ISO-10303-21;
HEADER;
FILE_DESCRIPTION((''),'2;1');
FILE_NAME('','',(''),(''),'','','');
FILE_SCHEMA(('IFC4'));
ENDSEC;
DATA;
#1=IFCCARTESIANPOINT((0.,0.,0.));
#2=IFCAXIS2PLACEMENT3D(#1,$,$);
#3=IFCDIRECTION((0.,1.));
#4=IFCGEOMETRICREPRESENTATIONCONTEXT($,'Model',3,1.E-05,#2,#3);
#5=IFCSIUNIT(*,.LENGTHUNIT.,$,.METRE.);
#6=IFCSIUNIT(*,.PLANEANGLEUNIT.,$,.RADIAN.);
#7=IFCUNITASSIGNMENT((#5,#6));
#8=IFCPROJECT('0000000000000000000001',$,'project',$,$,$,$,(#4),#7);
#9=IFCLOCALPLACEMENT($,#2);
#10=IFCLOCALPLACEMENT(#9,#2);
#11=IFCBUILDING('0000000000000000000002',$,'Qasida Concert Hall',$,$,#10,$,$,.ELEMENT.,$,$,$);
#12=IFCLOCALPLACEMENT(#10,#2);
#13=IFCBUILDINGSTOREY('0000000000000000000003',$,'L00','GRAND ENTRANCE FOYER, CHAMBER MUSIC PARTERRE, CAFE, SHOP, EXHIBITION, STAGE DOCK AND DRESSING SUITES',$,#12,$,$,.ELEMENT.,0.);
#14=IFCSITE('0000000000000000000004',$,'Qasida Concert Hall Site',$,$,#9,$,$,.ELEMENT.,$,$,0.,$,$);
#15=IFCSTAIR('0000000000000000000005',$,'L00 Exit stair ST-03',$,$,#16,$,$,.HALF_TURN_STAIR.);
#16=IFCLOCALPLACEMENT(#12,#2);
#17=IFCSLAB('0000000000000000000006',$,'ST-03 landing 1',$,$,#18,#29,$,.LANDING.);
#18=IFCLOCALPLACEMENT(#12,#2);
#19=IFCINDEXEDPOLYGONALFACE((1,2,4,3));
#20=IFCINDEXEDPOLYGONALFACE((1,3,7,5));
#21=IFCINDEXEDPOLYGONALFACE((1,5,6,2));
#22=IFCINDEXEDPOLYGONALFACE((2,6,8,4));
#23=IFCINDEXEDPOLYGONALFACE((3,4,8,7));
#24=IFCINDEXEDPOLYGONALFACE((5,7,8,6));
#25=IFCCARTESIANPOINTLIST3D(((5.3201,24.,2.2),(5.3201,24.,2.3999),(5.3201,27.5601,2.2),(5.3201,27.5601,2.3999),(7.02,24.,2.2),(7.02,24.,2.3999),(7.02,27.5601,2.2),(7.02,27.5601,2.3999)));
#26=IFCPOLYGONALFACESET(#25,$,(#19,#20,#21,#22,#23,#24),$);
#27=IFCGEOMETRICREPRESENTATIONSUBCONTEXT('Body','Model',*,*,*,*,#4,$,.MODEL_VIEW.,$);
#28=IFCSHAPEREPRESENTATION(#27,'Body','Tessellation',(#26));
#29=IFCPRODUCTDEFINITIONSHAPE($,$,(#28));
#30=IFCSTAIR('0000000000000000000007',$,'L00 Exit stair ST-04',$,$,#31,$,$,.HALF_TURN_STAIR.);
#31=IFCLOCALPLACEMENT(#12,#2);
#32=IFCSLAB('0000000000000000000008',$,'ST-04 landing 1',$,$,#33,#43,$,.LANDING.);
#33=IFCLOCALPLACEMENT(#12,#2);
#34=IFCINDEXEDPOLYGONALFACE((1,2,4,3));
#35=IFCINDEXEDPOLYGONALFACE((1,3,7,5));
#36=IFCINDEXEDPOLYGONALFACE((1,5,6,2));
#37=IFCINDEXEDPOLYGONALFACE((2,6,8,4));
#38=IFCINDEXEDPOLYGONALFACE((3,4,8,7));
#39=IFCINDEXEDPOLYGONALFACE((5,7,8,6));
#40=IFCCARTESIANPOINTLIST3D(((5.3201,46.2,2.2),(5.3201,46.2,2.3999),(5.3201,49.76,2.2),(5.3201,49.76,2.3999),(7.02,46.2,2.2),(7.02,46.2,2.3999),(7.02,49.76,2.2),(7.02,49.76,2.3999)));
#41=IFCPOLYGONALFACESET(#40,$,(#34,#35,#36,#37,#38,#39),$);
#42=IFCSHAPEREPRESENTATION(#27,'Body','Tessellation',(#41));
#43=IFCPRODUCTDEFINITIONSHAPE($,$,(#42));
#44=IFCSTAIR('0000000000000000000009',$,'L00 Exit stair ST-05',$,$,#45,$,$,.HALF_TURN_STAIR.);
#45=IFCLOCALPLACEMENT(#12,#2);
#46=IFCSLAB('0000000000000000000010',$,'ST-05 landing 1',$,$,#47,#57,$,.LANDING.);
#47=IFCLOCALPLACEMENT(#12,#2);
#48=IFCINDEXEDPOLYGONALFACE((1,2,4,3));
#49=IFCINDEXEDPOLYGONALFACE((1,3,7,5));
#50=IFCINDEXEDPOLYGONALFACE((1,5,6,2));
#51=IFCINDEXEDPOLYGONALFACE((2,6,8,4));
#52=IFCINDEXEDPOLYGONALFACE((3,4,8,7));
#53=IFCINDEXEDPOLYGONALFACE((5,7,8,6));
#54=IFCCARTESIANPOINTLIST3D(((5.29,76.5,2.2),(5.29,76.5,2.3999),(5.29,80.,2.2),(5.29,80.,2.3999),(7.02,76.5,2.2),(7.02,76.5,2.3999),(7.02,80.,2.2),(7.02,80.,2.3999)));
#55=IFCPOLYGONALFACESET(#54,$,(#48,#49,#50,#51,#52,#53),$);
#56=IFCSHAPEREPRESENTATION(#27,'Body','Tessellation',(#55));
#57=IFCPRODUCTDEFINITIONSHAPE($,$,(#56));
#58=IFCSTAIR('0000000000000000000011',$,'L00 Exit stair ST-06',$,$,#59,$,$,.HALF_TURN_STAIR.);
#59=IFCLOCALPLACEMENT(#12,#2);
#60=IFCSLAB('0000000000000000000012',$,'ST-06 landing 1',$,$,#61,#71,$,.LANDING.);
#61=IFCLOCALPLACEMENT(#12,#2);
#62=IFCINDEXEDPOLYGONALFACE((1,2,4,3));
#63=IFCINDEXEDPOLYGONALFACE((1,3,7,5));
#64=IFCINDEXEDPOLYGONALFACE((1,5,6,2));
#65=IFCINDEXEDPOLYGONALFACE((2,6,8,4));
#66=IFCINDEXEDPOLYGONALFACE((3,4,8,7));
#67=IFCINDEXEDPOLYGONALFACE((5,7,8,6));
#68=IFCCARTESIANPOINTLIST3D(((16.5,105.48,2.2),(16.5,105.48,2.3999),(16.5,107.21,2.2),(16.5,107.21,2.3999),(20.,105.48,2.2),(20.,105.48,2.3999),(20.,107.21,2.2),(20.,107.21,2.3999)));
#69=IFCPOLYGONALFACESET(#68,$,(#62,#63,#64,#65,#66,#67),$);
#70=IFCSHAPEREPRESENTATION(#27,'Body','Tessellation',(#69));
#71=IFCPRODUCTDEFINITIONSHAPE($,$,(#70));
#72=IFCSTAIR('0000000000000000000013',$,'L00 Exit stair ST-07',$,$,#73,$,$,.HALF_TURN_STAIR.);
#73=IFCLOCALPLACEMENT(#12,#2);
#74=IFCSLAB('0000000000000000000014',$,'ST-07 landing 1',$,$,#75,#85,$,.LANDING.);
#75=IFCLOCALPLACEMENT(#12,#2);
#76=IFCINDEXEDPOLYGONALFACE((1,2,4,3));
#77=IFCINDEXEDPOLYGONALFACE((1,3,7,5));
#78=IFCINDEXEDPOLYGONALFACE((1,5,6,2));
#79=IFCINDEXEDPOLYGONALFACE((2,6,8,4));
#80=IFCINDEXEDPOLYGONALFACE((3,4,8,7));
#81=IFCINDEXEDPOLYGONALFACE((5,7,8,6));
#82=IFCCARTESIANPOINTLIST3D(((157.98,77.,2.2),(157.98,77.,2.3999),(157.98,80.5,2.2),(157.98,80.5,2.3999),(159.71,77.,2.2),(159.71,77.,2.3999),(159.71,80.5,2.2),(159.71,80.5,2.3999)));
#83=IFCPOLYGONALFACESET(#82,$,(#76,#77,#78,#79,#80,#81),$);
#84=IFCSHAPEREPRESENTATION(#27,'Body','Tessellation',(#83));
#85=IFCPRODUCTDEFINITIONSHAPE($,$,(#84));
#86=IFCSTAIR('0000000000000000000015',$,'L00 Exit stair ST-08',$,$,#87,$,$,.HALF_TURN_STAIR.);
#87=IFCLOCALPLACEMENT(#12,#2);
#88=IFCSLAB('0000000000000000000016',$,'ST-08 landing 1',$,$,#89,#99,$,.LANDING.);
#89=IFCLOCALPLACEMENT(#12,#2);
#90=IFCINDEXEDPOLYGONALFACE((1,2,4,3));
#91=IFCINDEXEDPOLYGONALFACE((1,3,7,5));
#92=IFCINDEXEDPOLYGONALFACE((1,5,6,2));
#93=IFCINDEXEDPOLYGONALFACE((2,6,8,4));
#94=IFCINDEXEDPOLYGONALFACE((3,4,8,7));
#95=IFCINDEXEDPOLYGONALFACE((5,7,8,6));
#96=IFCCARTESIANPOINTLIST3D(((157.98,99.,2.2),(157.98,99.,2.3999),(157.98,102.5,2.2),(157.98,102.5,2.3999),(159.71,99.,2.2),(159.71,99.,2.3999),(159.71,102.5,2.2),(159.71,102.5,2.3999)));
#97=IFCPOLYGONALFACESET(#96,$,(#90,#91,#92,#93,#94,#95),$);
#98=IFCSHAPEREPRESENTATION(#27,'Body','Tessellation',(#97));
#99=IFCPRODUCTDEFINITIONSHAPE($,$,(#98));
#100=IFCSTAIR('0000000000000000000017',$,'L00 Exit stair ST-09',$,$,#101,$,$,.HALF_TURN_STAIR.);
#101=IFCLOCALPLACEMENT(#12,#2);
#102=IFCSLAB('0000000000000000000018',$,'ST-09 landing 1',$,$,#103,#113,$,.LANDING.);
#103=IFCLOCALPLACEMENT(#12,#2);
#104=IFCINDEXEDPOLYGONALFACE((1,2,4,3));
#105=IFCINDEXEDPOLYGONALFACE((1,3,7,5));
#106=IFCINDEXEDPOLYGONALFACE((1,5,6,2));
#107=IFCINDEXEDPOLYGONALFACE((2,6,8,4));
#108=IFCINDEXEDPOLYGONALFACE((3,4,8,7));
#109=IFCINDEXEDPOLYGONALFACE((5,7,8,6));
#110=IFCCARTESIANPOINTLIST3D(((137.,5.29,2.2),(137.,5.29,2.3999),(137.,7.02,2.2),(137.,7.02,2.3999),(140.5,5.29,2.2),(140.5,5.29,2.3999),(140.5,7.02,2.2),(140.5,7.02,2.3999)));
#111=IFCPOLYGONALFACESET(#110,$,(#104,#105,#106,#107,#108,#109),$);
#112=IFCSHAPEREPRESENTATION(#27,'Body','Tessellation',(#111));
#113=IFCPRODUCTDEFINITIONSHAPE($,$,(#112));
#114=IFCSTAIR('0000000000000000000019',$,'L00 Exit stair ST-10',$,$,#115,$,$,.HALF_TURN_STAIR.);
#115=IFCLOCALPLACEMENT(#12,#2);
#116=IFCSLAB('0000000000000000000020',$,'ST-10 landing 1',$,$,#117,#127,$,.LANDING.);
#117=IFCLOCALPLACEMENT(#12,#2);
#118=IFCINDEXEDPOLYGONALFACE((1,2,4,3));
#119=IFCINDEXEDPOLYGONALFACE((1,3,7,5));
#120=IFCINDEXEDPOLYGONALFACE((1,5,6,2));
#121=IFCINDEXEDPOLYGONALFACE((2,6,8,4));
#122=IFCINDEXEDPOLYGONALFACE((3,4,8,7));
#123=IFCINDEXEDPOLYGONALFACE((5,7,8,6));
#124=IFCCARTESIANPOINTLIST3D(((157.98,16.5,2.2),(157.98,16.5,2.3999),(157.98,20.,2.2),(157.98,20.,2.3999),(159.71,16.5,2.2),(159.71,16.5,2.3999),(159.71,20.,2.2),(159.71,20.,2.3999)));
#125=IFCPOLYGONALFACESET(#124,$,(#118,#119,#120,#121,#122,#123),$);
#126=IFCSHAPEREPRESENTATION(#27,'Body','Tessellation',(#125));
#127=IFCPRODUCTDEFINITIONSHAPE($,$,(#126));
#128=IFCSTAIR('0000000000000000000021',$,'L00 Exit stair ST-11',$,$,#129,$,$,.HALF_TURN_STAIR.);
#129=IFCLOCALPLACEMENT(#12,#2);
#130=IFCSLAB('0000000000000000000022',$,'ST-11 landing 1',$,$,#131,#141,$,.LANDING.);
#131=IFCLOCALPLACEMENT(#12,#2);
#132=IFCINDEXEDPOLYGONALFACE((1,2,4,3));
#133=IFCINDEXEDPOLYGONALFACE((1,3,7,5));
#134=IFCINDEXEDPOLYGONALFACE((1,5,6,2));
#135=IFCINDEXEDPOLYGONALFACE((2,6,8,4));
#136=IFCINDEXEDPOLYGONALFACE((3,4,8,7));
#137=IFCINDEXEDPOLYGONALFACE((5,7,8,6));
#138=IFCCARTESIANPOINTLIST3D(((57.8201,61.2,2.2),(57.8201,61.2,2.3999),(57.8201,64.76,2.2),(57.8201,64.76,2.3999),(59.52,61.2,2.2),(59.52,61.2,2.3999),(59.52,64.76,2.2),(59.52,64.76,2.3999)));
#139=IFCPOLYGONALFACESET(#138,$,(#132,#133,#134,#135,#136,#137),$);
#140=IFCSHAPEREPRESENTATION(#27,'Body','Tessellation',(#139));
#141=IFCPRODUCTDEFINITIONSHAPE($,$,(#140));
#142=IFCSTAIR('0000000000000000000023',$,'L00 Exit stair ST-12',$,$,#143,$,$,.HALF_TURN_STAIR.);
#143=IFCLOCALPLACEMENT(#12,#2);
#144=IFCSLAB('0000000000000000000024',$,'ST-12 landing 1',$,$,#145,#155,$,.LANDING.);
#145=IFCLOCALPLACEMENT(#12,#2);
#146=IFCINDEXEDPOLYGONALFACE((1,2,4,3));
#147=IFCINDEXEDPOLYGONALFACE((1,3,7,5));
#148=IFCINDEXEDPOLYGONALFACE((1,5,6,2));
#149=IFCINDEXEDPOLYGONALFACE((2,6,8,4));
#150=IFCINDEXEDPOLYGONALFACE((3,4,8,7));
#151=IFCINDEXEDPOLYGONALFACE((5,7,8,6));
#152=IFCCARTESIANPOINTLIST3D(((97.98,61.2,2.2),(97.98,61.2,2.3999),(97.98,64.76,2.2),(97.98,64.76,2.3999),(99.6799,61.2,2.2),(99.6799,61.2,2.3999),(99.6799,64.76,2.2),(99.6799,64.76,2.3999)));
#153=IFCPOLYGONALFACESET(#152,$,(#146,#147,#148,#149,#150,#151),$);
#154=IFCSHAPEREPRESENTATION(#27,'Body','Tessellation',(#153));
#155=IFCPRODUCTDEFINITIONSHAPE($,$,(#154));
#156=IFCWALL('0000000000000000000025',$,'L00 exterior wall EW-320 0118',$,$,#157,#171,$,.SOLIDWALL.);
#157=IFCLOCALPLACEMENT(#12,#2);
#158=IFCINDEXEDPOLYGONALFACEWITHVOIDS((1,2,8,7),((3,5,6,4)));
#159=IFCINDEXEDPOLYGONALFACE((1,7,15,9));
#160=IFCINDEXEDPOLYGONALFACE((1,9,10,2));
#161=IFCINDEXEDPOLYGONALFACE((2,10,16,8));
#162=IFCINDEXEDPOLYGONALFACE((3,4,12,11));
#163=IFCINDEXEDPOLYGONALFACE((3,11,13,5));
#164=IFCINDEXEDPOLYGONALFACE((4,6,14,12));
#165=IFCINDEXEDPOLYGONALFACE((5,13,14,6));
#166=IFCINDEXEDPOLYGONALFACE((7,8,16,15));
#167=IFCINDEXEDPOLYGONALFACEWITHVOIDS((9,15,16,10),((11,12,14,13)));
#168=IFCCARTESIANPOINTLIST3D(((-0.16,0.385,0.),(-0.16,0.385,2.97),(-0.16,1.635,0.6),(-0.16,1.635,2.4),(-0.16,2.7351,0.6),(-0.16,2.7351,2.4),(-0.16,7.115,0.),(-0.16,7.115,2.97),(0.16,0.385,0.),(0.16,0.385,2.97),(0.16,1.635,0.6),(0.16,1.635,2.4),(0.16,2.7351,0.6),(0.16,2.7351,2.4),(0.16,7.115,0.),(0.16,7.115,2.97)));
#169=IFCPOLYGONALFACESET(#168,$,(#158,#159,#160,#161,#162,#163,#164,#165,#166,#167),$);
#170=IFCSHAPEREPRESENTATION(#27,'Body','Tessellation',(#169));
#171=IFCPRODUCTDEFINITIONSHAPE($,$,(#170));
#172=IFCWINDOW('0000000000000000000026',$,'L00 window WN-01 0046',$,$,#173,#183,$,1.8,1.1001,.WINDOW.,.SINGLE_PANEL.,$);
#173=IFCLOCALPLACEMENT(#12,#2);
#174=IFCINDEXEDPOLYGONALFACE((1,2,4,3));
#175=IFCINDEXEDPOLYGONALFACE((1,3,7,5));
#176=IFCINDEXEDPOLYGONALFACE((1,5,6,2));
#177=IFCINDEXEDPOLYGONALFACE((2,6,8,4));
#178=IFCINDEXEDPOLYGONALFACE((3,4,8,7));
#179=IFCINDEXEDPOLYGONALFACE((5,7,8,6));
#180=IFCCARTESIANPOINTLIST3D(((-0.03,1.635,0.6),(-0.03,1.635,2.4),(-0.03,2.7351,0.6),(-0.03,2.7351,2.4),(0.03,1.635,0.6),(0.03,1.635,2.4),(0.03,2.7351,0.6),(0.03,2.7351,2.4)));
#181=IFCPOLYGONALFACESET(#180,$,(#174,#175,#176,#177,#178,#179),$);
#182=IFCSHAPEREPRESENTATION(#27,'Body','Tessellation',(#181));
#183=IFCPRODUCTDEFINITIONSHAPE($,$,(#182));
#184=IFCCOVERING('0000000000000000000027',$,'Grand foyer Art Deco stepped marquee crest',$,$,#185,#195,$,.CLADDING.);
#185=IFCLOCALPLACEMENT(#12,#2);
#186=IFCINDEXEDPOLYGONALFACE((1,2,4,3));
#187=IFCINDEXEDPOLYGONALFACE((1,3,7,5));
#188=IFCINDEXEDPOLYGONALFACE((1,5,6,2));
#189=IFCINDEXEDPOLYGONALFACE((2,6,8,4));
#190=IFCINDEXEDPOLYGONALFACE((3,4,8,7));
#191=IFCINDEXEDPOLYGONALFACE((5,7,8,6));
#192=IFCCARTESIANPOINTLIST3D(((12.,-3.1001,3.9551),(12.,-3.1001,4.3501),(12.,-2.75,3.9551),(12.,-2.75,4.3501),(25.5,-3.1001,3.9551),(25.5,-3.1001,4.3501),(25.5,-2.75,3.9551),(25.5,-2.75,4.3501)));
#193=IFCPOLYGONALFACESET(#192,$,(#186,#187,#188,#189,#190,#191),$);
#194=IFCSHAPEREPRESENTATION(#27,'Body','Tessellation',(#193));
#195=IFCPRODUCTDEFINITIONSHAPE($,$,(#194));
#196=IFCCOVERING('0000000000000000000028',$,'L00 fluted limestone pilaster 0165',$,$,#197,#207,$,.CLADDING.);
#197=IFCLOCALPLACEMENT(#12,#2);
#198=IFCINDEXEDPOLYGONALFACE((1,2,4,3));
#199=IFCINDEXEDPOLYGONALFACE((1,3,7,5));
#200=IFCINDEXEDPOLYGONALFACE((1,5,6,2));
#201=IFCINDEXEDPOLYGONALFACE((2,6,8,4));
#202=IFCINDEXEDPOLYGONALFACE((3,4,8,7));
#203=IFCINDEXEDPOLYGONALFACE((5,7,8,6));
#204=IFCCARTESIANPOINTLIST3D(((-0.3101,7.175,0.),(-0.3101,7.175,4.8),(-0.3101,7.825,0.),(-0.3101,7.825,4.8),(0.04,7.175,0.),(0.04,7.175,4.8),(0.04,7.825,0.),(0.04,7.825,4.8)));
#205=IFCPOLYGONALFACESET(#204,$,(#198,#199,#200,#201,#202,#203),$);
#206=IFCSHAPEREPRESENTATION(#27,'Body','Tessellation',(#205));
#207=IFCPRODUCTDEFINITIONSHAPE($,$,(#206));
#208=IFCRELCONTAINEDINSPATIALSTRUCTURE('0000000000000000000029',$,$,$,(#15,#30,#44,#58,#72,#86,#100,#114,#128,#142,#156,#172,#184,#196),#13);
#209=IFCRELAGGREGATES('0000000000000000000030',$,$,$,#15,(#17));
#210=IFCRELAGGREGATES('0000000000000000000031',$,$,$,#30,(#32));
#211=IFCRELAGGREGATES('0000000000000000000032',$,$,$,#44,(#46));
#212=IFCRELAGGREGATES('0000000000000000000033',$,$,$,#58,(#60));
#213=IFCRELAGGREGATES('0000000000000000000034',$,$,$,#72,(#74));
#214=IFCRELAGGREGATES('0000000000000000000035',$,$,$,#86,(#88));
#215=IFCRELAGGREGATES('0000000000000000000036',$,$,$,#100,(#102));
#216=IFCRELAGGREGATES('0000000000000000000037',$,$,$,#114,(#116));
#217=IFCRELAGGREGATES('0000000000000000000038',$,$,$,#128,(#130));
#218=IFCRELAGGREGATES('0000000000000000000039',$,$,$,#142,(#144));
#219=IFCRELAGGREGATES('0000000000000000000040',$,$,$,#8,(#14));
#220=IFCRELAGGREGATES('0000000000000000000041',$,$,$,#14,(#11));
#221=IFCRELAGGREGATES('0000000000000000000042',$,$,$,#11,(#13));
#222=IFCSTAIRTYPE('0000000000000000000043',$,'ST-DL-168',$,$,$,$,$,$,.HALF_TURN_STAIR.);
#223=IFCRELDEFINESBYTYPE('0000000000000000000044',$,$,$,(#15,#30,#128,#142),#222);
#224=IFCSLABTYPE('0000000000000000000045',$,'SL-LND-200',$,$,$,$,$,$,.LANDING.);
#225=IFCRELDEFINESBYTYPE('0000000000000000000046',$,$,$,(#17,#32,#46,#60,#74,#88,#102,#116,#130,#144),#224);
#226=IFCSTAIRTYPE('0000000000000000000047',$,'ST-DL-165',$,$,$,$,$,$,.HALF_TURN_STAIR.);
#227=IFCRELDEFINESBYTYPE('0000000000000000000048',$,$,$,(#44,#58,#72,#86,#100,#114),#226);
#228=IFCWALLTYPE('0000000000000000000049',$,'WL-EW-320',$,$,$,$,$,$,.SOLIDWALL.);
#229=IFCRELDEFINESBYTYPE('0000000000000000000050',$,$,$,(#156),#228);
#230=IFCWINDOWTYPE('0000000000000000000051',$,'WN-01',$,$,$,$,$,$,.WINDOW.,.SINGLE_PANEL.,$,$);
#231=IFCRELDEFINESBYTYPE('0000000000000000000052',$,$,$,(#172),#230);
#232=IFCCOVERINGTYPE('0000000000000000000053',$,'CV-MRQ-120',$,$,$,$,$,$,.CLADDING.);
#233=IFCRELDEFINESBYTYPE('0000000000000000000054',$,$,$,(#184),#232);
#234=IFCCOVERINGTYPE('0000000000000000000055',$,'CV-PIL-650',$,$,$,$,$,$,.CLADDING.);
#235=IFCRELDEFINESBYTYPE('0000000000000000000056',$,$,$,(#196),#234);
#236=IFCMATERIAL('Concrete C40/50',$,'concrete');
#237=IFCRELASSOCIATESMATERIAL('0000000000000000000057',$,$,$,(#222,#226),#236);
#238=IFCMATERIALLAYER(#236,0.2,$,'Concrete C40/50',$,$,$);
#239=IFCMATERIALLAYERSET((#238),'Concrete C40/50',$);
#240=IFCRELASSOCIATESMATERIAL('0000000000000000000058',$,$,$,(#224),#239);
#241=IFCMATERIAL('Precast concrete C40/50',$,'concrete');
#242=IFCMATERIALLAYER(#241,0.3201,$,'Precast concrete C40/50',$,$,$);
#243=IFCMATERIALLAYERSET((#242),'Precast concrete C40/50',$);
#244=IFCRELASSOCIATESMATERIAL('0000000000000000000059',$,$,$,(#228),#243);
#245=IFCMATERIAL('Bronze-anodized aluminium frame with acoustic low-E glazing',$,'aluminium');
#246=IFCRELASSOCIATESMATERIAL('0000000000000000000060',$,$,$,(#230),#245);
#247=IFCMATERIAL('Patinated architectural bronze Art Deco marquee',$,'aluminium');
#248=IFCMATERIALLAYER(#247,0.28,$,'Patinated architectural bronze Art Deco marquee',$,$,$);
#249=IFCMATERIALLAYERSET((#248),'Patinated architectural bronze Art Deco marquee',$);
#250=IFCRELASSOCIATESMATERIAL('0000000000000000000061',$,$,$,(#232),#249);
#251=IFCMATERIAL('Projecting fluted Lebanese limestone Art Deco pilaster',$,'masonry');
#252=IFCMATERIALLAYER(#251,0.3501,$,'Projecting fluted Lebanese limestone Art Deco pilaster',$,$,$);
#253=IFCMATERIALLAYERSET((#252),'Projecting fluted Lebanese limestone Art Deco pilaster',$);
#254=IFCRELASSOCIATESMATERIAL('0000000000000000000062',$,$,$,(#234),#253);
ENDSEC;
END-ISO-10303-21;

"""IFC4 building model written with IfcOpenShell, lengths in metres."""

from ifc_helpers import new_model, si_unit, direction, frame, frame_2d, origin, origin_2d, place, context, subcontext, project, spatial, polyline, rectangle, outline, extrude, material, layer, layer_set, type_object, element, fill, aggregate, save


model = new_model("IFC4")

# Units and contexts
model_context = context("Model", 3, precision=1e-05, world=origin(), true_north=direction((0.0, 1.0)))
body_context = subcontext(model_context, "Body", "Model", "MODEL_VIEW")
ifc_project = project(units=[si_unit("LENGTHUNIT", "METRE"), si_unit("PLANEANGLEUNIT", "RADIAN")], contexts=[model_context])

# Site, building, storey
site_placement = place(None, origin())
site = spatial("IfcSite", under=ifc_project, at=site_placement, Name="Qasida Concert Hall Site", CompositionType="ELEMENT", RefElevation=0.0)
building_placement = place(site_placement, origin())
building = spatial("IfcBuilding", under=site, at=building_placement, Name="Qasida Concert Hall", CompositionType="ELEMENT")
storey_placement = place(building_placement, origin())
storey = spatial("IfcBuildingStorey", under=building, at=storey_placement, Name="L00", Description="GRAND ENTRANCE FOYER, CHAMBER MUSIC PARTERRE, CAFE, SHOP, EXHIBITION, STAGE DOCK AND DRESSING SUITES", CompositionType="ELEMENT", Elevation=0.0)

# Shared definitions
ifc_material_1 = material(Name="Concrete C40/50", Category="concrete")

# Stairs, slabs
stair_type_1 = type_object("IfcStairType", Name="ST-DL-168", PredefinedType="HALF_TURN_STAIR", material=ifc_material_1)
ifc_layer_1 = layer(ifc_material_1, 0.2, Name="Concrete C40/50")
ifc_layer_set_1 = layer_set([ifc_layer_1], Name="Concrete C40/50")
slab_type_1 = type_object("IfcSlabType", Name="SL-LND-200", PredefinedType="LANDING", material=ifc_layer_set_1)
stair_1_placement = place(storey_placement, origin())
stair_1 = element("IfcStair", 1, at=stair_1_placement, inside=storey, type_object=stair_type_1, Name="L00 Exit stair ST-03", PredefinedType="HALF_TURN_STAIR")
slab_1_placement = place(storey_placement, frame((0.0, 0.0, 2.2)))
slab_1 = element("IfcSlab", 2, at=slab_1_placement, type_object=slab_type_1, Name="ST-03 landing 1", PredefinedType="LANDING", context=body_context, shape_type="SweptSolid", body=[
    extrude(outline(polyline([(5.3201, 24.0), (7.02, 24.0), (7.02, 27.5601), (5.3201, 27.5601), (5.3201, 24.0)])), origin(), (0.0, 0.0, 1.0), 0.2),
])
aggregate(stair_1, [slab_1])
stair_2_placement = place(storey_placement, origin())
stair_2 = element("IfcStair", 3, at=stair_2_placement, inside=storey, type_object=stair_type_1, Name="L00 Exit stair ST-04", PredefinedType="HALF_TURN_STAIR")
slab_2_placement = place(storey_placement, frame((0.0, 0.0, 2.2)))
slab_2 = element("IfcSlab", 4, at=slab_2_placement, type_object=slab_type_1, Name="ST-04 landing 1", PredefinedType="LANDING", context=body_context, shape_type="SweptSolid", body=[
    extrude(outline(polyline([(5.3201, 46.2), (7.02, 46.2), (7.02, 49.76), (5.3201, 49.76), (5.3201, 46.2)])), origin(), (0.0, 0.0, 1.0), 0.2),
])
aggregate(stair_2, [slab_2])
stair_type_2 = type_object("IfcStairType", Name="ST-DL-165", PredefinedType="HALF_TURN_STAIR", material=ifc_material_1)
stair_3_placement = place(storey_placement, origin())
stair_3 = element("IfcStair", 5, at=stair_3_placement, inside=storey, type_object=stair_type_2, Name="L00 Exit stair ST-05", PredefinedType="HALF_TURN_STAIR")
slab_3_placement = place(storey_placement, frame((0.0, 0.0, 2.2)))
slab_3 = element("IfcSlab", 6, at=slab_3_placement, type_object=slab_type_1, Name="ST-05 landing 1", PredefinedType="LANDING", context=body_context, shape_type="SweptSolid", body=[
    extrude(outline(polyline([(5.29, 76.5), (7.02, 76.5), (7.02, 80.0), (5.29, 80.0), (5.29, 76.5)])), origin(), (0.0, 0.0, 1.0), 0.2),
])
aggregate(stair_3, [slab_3])
stair_4_placement = place(storey_placement, origin())
stair_4 = element("IfcStair", 7, at=stair_4_placement, inside=storey, type_object=stair_type_2, Name="L00 Exit stair ST-06", PredefinedType="HALF_TURN_STAIR")
slab_4_placement = place(storey_placement, frame((0.0, 0.0, 2.2)))
slab_4 = element("IfcSlab", 8, at=slab_4_placement, type_object=slab_type_1, Name="ST-06 landing 1", PredefinedType="LANDING", context=body_context, shape_type="SweptSolid", body=[
    extrude(outline(polyline([(16.5, 107.21), (16.5, 105.48), (20.0, 105.48), (20.0, 107.21), (16.5, 107.21)])), origin(), (0.0, 0.0, 1.0), 0.2),
])
aggregate(stair_4, [slab_4])
stair_5_placement = place(storey_placement, origin())
stair_5 = element("IfcStair", 9, at=stair_5_placement, inside=storey, type_object=stair_type_2, Name="L00 Exit stair ST-07", PredefinedType="HALF_TURN_STAIR")
slab_5_placement = place(storey_placement, frame((0.0, 0.0, 2.2)))
slab_5 = element("IfcSlab", 10, at=slab_5_placement, type_object=slab_type_1, Name="ST-07 landing 1", PredefinedType="LANDING", context=body_context, shape_type="SweptSolid", body=[
    extrude(outline(polyline([(159.71, 80.5), (157.98, 80.5), (157.98, 77.0), (159.71, 77.0), (159.71, 80.5)])), origin(), (0.0, 0.0, 1.0), 0.2),
])
aggregate(stair_5, [slab_5])
stair_6_placement = place(storey_placement, origin())
stair_6 = element("IfcStair", 11, at=stair_6_placement, inside=storey, type_object=stair_type_2, Name="L00 Exit stair ST-08", PredefinedType="HALF_TURN_STAIR")
slab_6_placement = place(storey_placement, frame((0.0, 0.0, 2.2)))
slab_6 = element("IfcSlab", 12, at=slab_6_placement, type_object=slab_type_1, Name="ST-08 landing 1", PredefinedType="LANDING", context=body_context, shape_type="SweptSolid", body=[
    extrude(outline(polyline([(159.71, 102.5), (157.98, 102.5), (157.98, 99.0), (159.71, 99.0), (159.71, 102.5)])), origin(), (0.0, 0.0, 1.0), 0.2),
])
aggregate(stair_6, [slab_6])
stair_7_placement = place(storey_placement, origin())
stair_7 = element("IfcStair", 13, at=stair_7_placement, inside=storey, type_object=stair_type_2, Name="L00 Exit stair ST-09", PredefinedType="HALF_TURN_STAIR")
slab_7_placement = place(storey_placement, frame((0.0, 0.0, 2.2)))
slab_7 = element("IfcSlab", 14, at=slab_7_placement, type_object=slab_type_1, Name="ST-09 landing 1", PredefinedType="LANDING", context=body_context, shape_type="SweptSolid", body=[
    extrude(outline(polyline([(140.5, 5.29), (140.5, 7.02), (137.0, 7.02), (137.0, 5.29), (140.5, 5.29)])), origin(), (0.0, 0.0, 1.0), 0.2),
])
aggregate(stair_7, [slab_7])
stair_8_placement = place(storey_placement, origin())
stair_8 = element("IfcStair", 15, at=stair_8_placement, inside=storey, type_object=stair_type_2, Name="L00 Exit stair ST-10", PredefinedType="HALF_TURN_STAIR")
slab_8_placement = place(storey_placement, frame((0.0, 0.0, 2.2)))
slab_8 = element("IfcSlab", 16, at=slab_8_placement, type_object=slab_type_1, Name="ST-10 landing 1", PredefinedType="LANDING", context=body_context, shape_type="SweptSolid", body=[
    extrude(outline(polyline([(159.71, 20.0), (157.98, 20.0), (157.98, 16.5), (159.71, 16.5), (159.71, 20.0)])), origin(), (0.0, 0.0, 1.0), 0.2),
])
aggregate(stair_8, [slab_8])
stair_9_placement = place(storey_placement, origin())
stair_9 = element("IfcStair", 17, at=stair_9_placement, inside=storey, type_object=stair_type_1, Name="L00 Exit stair ST-11", PredefinedType="HALF_TURN_STAIR")
slab_9_placement = place(storey_placement, frame((0.0, 0.0, 2.2)))
slab_9 = element("IfcSlab", 18, at=slab_9_placement, type_object=slab_type_1, Name="ST-11 landing 1", PredefinedType="LANDING", context=body_context, shape_type="SweptSolid", body=[
    extrude(outline(polyline([(57.8201, 61.2), (59.52, 61.2), (59.52, 64.76), (57.8201, 64.76), (57.8201, 61.2)])), origin(), (0.0, 0.0, 1.0), 0.2),
])
aggregate(stair_9, [slab_9])
stair_10_placement = place(storey_placement, origin())
stair_10 = element("IfcStair", 19, at=stair_10_placement, inside=storey, type_object=stair_type_1, Name="L00 Exit stair ST-12", PredefinedType="HALF_TURN_STAIR")
slab_10_placement = place(storey_placement, frame((0.0, 0.0, 2.2)))
slab_10 = element("IfcSlab", 20, at=slab_10_placement, type_object=slab_type_1, Name="ST-12 landing 1", PredefinedType="LANDING", context=body_context, shape_type="SweptSolid", body=[
    extrude(outline(polyline([(99.6799, 64.76), (97.98, 64.76), (97.98, 61.2), (99.6799, 61.2), (99.6799, 64.76)])), origin(), (0.0, 0.0, 1.0), 0.2),
])
aggregate(stair_10, [slab_10])

# Wall, opening, window
ifc_material_2 = material(Name="Precast concrete C40/50", Category="concrete")
ifc_layer_2 = layer(ifc_material_2, 0.3201, Name="Precast concrete C40/50")
ifc_layer_set_2 = layer_set([ifc_layer_2], Name="Precast concrete C40/50")
wall_type = type_object("IfcWallType", Name="WL-EW-320", PredefinedType="SOLIDWALL", material=ifc_layer_set_2)
wall_placement = place(storey_placement, frame((0.0, 0.385, 0.0), z_axis=(0.0, 0.0, 1.0), x_axis=(0.0, 1.0, 0.0)))
wall = element("IfcWall", 21, at=wall_placement, inside=storey, type_object=wall_type, Name="L00 exterior wall EW-320 0118", PredefinedType="SOLIDWALL", context=body_context, shape_type="SweptSolid", body=[
    extrude(rectangle(XDim=6.73, YDim=0.3201, at=frame_2d((3.365, 0.0))), origin(), (0.0, 0.0, 1.0), 2.97),
])
opening_placement = place(wall_placement, frame((1.25, 0.0, 0.6001)))
opening = element("IfcOpeningElement", 22, at=opening_placement, cuts=wall, PredefinedType="OPENING", context=body_context, shape_type="SweptSolid", body=[
    extrude(rectangle(XDim=1.1001, YDim=1.8, at=frame_2d((0.55, 0.8999))), frame((0.0, 0.1699, 0.0), z_axis=(0.0, -1.0, 0.0), x_axis=(1.0, 0.0, 0.0)), (0.0, 0.0, 1.0), 0.3401),
])
ifc_material_3 = material(Name="Bronze-anodized aluminium frame with acoustic low-E glazing", Category="aluminium")
window_type = type_object("IfcWindowType", Name="WN-01", PartitioningType="SINGLE_PANEL", PredefinedType="WINDOW", material=ifc_material_3)
window_placement = place(opening_placement, origin())
window = element("IfcWindow", 23, at=window_placement, inside=storey, type_object=window_type, Name="L00 window WN-01 0046", OverallHeight=1.8, OverallWidth=1.1001, PartitioningType="SINGLE_PANEL", PredefinedType="WINDOW", context=body_context, shape_type="SweptSolid", body=[
    extrude(rectangle(XDim=1.1001, YDim=1.8, at=frame_2d((0.55, 0.8999))), frame((0.0, 0.03, 0.0), z_axis=(0.0, -1.0, 0.0), x_axis=(1.0, 0.0, 0.0)), (0.0, 0.0, 1.0), 0.0601),
])
fill(opening, window)

# Coverings
ifc_material_4 = material(Name="Patinated architectural bronze Art Deco marquee", Category="aluminium")
ifc_layer_3 = layer(ifc_material_4, 0.28, Name="Patinated architectural bronze Art Deco marquee")
ifc_layer_set_3 = layer_set([ifc_layer_3], Name="Patinated architectural bronze Art Deco marquee")
covering_type_1 = type_object("IfcCoveringType", Name="CV-MRQ-120", PredefinedType="CLADDING", material=ifc_layer_set_3)
covering_1_placement = place(storey_placement, frame((0.0, 0.0, 3.9551)))
element("IfcCovering", 24, at=covering_1_placement, inside=storey, type_object=covering_type_1, Name="Grand foyer Art Deco stepped marquee crest", PredefinedType="CLADDING", context=body_context, shape_type="SweptSolid", body=[
    extrude(outline(polyline([(12.0, -3.1001), (25.5, -3.1001), (25.5, -2.75), (12.0, -2.75), (12.0, -3.1001)])), origin(), (0.0, 0.0, 1.0), 0.395),
])
ifc_material_5 = material(Name="Projecting fluted Lebanese limestone Art Deco pilaster", Category="masonry")
ifc_layer_4 = layer(ifc_material_5, 0.3501, Name="Projecting fluted Lebanese limestone Art Deco pilaster")
ifc_layer_set_4 = layer_set([ifc_layer_4], Name="Projecting fluted Lebanese limestone Art Deco pilaster")
covering_type_2 = type_object("IfcCoveringType", Name="CV-PIL-650", PredefinedType="CLADDING", material=ifc_layer_set_4)
covering_2_placement = place(storey_placement, frame((-0.135, 7.5, 0.0), z_axis=(0.0, 0.0, 1.0), x_axis=(1.0, 0.0, 0.0)))
element("IfcCovering", 25, at=covering_2_placement, inside=storey, type_object=covering_type_2, Name="L00 fluted limestone pilaster 0165", PredefinedType="CLADDING", context=body_context, shape_type="SweptSolid", body=[
    extrude(rectangle(XDim=0.3501, YDim=0.6499, at=origin_2d()), origin(), (0.0, 0.0, 1.0), 4.8),
])

save(model, "model.ifc")
